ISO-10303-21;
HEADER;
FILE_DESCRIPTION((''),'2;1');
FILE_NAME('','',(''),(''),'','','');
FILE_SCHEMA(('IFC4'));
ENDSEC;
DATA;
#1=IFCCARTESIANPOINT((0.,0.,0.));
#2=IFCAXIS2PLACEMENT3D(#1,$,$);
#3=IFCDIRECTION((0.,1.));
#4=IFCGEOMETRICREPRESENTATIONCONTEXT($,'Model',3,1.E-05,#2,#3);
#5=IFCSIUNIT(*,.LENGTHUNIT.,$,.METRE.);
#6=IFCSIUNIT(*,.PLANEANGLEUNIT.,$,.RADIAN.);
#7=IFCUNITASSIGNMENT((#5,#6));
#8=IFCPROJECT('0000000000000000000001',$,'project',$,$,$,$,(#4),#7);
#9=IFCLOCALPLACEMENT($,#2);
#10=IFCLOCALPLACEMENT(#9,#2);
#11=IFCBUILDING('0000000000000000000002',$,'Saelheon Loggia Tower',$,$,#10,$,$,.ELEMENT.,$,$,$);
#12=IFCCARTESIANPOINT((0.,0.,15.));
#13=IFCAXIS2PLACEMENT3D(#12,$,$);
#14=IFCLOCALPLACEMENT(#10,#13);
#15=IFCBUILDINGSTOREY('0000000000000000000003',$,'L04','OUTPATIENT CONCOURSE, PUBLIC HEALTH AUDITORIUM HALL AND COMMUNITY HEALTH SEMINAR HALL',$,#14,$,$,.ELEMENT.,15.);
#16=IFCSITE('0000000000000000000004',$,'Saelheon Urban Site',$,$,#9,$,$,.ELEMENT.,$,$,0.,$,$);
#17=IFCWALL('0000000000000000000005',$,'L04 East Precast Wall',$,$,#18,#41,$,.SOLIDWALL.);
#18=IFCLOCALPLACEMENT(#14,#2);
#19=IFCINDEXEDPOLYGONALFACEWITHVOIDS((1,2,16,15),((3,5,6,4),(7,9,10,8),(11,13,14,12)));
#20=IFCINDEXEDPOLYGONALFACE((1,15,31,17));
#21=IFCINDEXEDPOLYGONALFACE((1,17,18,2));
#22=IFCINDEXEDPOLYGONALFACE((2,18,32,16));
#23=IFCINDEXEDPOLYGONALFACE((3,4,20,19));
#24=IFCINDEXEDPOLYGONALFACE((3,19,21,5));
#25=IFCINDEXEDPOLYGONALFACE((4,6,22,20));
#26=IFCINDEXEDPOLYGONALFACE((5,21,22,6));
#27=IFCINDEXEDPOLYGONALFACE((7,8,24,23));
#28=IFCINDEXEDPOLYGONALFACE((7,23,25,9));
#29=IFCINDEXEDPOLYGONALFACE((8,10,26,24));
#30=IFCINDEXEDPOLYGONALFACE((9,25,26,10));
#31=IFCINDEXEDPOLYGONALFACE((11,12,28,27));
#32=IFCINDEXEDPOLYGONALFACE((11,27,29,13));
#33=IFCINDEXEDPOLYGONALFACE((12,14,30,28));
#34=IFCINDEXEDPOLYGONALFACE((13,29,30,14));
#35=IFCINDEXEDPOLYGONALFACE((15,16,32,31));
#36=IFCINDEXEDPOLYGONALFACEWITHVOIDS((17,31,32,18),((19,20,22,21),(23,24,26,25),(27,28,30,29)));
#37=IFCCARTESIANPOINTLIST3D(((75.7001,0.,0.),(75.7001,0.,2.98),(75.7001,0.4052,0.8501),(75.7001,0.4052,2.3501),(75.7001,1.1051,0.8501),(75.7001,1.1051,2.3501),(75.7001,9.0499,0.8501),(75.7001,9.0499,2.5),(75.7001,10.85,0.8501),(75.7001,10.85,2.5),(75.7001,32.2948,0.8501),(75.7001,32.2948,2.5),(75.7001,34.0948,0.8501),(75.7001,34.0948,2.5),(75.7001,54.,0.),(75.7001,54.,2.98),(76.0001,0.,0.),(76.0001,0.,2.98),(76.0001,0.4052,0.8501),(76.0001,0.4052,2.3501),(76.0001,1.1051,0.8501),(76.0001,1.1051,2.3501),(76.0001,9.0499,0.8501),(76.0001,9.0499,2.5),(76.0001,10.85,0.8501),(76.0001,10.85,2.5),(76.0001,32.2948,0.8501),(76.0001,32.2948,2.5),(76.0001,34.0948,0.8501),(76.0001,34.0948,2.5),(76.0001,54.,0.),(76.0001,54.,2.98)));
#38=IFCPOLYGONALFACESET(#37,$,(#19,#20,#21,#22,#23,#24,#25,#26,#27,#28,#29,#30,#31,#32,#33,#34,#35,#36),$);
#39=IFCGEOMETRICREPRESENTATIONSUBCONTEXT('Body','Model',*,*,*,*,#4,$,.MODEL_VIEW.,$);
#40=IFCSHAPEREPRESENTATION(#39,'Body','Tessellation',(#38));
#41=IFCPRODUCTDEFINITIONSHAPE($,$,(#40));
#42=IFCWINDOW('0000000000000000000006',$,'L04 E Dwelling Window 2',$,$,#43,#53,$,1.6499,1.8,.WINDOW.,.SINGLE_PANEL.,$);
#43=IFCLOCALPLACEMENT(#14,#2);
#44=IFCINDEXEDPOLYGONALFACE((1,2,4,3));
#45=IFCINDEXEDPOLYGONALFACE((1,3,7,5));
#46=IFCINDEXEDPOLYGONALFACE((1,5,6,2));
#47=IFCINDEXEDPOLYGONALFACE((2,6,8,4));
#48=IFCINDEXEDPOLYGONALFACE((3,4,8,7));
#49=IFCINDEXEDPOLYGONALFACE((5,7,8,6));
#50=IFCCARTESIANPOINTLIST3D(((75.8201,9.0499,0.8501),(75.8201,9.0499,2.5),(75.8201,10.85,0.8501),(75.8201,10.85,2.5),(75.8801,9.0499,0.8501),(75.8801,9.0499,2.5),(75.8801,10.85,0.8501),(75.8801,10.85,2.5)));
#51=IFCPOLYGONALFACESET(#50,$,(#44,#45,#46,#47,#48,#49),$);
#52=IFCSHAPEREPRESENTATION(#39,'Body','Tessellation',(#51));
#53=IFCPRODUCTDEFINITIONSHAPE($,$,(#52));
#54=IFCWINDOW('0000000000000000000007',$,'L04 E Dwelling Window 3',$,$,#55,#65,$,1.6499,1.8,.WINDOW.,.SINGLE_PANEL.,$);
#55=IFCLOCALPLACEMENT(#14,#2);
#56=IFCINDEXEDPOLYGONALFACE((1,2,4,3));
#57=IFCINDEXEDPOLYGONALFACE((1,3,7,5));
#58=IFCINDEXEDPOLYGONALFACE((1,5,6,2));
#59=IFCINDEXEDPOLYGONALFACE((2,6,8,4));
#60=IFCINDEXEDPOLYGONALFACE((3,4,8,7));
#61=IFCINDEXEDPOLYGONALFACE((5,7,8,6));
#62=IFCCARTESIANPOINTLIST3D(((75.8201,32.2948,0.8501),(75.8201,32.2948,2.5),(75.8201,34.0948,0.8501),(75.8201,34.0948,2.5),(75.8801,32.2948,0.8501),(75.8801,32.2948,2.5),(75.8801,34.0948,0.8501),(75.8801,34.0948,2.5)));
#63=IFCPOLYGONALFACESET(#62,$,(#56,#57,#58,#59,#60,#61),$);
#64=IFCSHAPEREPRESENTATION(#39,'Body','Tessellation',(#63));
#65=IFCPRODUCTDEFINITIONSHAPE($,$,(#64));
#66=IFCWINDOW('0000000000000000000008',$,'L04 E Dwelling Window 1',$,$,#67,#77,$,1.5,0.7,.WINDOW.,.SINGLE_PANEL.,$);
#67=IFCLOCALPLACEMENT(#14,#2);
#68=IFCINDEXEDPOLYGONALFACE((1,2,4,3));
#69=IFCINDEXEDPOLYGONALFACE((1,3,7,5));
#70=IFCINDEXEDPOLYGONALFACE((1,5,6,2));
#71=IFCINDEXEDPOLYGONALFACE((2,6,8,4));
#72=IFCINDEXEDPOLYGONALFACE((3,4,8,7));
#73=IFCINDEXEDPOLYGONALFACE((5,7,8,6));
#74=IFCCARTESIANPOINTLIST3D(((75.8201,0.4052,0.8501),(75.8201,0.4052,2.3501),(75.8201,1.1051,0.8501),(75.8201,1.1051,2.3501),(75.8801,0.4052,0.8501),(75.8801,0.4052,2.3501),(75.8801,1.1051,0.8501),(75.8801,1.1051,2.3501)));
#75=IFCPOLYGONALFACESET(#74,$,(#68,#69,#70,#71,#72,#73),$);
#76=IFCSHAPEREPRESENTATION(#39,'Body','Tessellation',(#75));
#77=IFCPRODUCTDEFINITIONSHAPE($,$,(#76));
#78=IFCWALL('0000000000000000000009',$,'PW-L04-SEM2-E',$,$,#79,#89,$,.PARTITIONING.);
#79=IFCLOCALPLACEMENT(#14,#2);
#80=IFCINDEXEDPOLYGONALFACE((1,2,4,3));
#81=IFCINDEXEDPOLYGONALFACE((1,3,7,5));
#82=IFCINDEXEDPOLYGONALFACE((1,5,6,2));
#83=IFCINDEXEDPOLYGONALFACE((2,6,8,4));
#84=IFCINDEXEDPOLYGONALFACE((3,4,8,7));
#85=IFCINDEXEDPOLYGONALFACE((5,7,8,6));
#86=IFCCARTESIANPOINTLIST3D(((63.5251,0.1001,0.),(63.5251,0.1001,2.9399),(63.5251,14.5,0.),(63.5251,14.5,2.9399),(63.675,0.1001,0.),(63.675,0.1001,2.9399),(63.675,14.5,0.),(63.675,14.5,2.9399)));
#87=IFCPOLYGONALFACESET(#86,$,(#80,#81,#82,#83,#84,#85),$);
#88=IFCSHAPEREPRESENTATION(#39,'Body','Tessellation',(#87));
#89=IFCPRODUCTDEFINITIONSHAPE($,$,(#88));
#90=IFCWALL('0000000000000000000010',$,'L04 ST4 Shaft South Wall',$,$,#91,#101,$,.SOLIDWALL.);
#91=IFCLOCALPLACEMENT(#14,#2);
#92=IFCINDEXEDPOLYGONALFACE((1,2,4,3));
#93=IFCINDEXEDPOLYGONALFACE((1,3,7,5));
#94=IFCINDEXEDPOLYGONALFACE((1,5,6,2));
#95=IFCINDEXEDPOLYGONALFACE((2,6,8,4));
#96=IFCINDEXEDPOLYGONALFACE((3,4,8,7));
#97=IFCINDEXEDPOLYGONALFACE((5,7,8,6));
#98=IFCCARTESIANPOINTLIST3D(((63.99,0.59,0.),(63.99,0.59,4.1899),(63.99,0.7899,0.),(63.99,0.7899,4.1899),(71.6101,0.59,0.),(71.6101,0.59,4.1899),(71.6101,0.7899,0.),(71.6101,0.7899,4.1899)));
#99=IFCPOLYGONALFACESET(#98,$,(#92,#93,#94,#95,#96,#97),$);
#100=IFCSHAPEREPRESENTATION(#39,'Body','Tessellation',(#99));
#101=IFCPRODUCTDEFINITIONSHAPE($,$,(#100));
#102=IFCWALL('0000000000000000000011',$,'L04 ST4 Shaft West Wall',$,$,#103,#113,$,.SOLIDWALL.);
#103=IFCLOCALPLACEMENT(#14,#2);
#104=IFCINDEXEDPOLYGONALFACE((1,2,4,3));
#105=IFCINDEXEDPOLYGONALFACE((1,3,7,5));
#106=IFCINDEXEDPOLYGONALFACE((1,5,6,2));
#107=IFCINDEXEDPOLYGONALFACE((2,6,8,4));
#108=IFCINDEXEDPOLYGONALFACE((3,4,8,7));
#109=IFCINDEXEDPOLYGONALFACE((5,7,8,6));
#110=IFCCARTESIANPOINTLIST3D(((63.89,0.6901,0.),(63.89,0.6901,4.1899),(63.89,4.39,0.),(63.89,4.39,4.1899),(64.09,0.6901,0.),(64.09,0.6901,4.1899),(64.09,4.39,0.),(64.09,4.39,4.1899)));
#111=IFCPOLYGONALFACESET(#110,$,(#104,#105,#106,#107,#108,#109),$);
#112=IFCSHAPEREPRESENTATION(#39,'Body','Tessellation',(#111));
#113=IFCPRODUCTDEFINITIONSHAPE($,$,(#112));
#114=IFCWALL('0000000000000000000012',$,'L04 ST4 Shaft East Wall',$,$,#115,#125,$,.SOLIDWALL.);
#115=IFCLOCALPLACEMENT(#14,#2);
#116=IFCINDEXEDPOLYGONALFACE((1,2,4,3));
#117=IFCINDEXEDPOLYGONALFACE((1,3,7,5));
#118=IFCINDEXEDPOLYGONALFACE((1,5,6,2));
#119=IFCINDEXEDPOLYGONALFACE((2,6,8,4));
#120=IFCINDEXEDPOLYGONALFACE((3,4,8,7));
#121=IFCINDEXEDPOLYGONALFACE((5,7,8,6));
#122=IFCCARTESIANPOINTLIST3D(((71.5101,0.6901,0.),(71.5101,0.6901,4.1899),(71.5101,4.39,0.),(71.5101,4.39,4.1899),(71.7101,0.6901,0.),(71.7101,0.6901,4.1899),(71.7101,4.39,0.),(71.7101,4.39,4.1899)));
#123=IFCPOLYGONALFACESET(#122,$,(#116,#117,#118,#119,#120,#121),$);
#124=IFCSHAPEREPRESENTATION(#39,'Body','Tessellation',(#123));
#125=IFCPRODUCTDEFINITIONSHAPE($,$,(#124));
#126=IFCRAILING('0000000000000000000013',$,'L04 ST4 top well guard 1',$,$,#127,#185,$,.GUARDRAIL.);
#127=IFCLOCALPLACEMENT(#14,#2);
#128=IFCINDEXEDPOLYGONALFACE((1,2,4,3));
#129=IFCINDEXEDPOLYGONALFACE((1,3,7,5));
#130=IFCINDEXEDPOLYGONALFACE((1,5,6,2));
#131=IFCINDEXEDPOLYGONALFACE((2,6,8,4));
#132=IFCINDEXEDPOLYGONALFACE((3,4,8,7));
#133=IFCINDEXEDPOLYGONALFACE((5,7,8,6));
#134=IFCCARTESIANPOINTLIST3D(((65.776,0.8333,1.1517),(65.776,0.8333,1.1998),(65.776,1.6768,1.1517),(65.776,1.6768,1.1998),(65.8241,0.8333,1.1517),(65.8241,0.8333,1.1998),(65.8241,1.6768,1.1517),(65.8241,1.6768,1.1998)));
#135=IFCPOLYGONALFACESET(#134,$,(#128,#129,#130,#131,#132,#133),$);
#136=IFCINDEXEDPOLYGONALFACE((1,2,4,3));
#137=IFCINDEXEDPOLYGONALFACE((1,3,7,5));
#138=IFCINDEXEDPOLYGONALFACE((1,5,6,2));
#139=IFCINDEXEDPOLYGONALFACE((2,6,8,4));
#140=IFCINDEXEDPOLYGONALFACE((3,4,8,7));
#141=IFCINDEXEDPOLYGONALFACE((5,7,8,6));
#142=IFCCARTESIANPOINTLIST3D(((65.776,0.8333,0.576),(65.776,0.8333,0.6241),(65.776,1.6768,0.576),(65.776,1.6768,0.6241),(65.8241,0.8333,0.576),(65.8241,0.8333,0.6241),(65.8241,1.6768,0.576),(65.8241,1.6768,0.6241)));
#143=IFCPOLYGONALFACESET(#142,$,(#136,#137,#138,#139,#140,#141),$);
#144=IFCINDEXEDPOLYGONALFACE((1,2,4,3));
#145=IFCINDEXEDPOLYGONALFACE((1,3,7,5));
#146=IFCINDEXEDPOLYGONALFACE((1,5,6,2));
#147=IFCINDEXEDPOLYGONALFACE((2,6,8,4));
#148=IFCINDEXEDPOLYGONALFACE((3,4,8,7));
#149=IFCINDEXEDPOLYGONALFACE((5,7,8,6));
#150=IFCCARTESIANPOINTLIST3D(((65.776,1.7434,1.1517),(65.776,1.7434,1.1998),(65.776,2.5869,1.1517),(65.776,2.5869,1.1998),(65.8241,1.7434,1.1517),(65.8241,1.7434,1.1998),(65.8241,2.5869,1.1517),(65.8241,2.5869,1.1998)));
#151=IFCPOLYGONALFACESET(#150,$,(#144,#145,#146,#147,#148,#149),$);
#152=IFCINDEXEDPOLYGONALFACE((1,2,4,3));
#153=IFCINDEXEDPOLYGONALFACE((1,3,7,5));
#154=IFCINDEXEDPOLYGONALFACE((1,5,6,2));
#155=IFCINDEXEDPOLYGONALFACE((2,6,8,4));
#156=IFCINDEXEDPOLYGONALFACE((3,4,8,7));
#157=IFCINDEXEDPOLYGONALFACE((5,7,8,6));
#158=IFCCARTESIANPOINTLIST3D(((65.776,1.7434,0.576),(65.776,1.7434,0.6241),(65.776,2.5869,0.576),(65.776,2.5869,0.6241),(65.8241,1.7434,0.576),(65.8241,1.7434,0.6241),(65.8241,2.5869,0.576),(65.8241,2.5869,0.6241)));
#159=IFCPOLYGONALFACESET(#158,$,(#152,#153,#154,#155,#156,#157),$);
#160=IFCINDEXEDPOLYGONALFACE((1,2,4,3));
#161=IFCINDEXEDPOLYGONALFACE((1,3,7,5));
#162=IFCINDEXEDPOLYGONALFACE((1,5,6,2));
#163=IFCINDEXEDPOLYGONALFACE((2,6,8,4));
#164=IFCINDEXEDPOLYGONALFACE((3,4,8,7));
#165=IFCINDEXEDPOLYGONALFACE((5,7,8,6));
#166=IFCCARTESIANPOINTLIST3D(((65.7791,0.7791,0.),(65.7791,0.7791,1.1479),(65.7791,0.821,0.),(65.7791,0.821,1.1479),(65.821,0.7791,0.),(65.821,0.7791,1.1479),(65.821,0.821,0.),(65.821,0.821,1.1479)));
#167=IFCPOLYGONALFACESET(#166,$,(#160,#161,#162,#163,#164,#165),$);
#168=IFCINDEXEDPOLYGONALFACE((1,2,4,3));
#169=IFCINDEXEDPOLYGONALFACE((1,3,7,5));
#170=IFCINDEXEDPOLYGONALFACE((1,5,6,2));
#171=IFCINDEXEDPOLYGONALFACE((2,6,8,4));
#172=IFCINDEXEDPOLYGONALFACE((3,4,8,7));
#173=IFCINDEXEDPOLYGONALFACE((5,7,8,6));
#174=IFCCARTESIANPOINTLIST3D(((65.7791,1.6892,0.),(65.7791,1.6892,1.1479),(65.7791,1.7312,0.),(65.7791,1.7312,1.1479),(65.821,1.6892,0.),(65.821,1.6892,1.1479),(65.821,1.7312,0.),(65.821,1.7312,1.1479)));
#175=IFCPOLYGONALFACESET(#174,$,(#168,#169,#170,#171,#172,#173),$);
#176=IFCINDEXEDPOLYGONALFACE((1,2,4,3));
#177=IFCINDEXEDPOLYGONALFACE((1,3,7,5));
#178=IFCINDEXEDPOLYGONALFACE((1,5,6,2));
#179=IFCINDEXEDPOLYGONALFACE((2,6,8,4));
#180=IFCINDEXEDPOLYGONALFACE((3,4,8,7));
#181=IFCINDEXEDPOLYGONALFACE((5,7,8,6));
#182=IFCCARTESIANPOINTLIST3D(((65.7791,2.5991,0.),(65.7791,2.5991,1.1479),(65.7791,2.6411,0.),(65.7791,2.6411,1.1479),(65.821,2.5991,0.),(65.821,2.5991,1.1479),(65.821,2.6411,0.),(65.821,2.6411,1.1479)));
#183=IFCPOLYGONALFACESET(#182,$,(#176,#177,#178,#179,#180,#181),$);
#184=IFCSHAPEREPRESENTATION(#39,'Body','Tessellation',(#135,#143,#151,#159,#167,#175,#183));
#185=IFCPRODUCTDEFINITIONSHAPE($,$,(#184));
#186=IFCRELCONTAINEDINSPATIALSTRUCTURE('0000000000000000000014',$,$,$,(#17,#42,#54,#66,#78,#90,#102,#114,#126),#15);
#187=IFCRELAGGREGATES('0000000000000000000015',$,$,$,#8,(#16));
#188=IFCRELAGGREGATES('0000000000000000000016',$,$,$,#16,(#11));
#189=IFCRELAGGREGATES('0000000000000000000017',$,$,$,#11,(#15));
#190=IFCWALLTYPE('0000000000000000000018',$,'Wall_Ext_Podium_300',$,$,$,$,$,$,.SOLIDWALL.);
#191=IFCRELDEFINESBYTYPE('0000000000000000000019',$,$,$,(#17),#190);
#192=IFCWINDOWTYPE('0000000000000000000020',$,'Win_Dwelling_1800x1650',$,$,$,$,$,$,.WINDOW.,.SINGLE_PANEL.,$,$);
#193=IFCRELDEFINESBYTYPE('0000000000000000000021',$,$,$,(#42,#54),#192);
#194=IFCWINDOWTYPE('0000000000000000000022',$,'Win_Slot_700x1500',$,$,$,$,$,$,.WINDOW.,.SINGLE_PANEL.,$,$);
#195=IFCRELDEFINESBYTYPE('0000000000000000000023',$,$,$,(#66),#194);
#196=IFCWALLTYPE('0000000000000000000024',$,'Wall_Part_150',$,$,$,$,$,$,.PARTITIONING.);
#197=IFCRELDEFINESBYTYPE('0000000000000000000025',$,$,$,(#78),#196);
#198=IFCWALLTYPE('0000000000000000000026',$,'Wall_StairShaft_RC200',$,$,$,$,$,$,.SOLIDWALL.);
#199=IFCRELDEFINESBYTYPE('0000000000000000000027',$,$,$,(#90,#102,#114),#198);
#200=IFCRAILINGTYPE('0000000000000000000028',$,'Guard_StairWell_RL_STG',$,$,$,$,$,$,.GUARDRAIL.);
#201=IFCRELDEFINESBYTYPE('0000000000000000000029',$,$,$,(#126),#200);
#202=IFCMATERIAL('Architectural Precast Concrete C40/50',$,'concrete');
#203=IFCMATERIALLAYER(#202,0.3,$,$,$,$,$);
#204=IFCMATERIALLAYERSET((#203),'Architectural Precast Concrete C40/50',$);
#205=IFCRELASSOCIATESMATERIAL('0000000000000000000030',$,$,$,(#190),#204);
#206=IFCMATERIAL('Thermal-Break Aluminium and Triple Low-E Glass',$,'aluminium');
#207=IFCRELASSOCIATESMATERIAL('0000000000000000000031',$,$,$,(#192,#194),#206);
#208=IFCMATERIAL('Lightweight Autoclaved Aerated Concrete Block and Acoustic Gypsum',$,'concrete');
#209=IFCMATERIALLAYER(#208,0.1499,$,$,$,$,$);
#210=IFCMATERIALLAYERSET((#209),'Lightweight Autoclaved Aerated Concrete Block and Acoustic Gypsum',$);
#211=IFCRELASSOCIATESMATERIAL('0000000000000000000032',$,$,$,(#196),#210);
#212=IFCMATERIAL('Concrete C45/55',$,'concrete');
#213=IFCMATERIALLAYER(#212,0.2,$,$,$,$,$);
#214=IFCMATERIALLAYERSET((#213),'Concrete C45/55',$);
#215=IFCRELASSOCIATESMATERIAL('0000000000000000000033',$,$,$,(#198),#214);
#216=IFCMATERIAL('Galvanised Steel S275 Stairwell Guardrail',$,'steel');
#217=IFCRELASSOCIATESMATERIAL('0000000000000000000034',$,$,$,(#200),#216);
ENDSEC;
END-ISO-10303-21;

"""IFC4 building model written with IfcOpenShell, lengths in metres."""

from ifc_helpers import new_model, si_unit, direction, frame, frame_2d, origin, origin_2d, place, context, subcontext, project, spatial, rectangle, extrude, source, transform, mapped, material, layer, layer_set, type_object, element, fill, save


model = new_model("IFC4")

# Units and contexts
model_context = context("Model", 3, precision=1e-05, world=origin(), true_north=direction((0.0, 1.0)))
body_context = subcontext(model_context, "Body", "Model", "MODEL_VIEW")
ifc_project = project(units=[si_unit("LENGTHUNIT", "METRE"), si_unit("PLANEANGLEUNIT", "RADIAN")], contexts=[model_context])

# Site, building, storey
site_placement = place(None, origin())
site = spatial("IfcSite", under=ifc_project, at=site_placement, Name="Saelheon Urban Site", CompositionType="ELEMENT", RefElevation=0.0)
building_placement = place(site_placement, origin())
building = spatial("IfcBuilding", under=site, at=building_placement, Name="Saelheon Loggia Tower", CompositionType="ELEMENT")
storey_placement = place(building_placement, frame((0.0, 0.0, 15.0)))
storey = spatial("IfcBuildingStorey", under=building, at=storey_placement, Name="L04", Description="OUTPATIENT CONCOURSE, PUBLIC HEALTH AUDITORIUM HALL AND COMMUNITY HEALTH SEMINAR HALL", CompositionType="ELEMENT", Elevation=15.0)

# Wall, openings, windows
ifc_material_1 = material(Name="Architectural Precast Concrete C40/50", Category="concrete")
ifc_layer_1 = layer(ifc_material_1, 0.3)
ifc_layer_set_1 = layer_set([ifc_layer_1], Name="Architectural Precast Concrete C40/50")
wall_type_1 = type_object("IfcWallType", Name="Wall_Ext_Podium_300", PredefinedType="SOLIDWALL", material=ifc_layer_set_1)
ifc_material_2 = material(Name="Thermal-Break Aluminium and Triple Low-E Glass", Category="aluminium")
window_type_1 = type_object("IfcWindowType", Name="Win_Dwelling_1800x1650", PartitioningType="SINGLE_PANEL", PredefinedType="WINDOW", material=ifc_material_2)
shared_shape_1 = source(origin(), body_context, "Body", "SweptSolid", [
    extrude(rectangle(XDim=1.8, YDim=1.6499, at=frame_2d((0.8999, 0.825))), frame((0.0, 0.03, 0.0), z_axis=(0.0, -1.0, 0.0), x_axis=(1.0, 0.0, 0.0)), (0.0, 0.0, 1.0), 0.0601),
])
wall_1_placement = place(storey_placement, frame((75.8501, 0.0, 0.0), z_axis=(0.0, 0.0, 1.0), x_axis=(0.0, 1.0, 0.0)))
wall_1 = element("IfcWall", 1, at=wall_1_placement, inside=storey, type_object=wall_type_1, Name="L04 East Precast Wall", PredefinedType="SOLIDWALL", context=body_context, shape_type="SweptSolid", body=[
    extrude(rectangle(XDim=54.0, YDim=0.3, at=frame_2d((27.0, 0.0))), origin(), (0.0, 0.0, 1.0), 2.98),
])
opening_1_placement = place(wall_1_placement, frame((0.405, 0.0, 0.8501)))
opening_1 = element("IfcOpeningElement", 2, at=opening_1_placement, cuts=wall_1, PredefinedType="OPENING", context=body_context, shape_type="SweptSolid", body=[
    extrude(rectangle(XDim=0.7, YDim=1.5, at=frame_2d((0.3501, 0.75))), frame((0.0, 0.1621, 0.0), z_axis=(0.0, -1.0, 0.0), x_axis=(1.0, 0.0, 0.0)), (0.0, 0.0, 1.0), 0.324),
])
opening_2_placement = place(wall_1_placement, frame((9.05, 0.0, 0.8501)))
opening_2 = element("IfcOpeningElement", 3, at=opening_2_placement, cuts=wall_1, PredefinedType="OPENING", context=body_context, shape_type="SweptSolid", body=[
    extrude(rectangle(XDim=1.8, YDim=1.6499, at=frame_2d((0.8999, 0.825))), frame((0.0, 0.1621, 0.0), z_axis=(0.0, -1.0, 0.0), x_axis=(1.0, 0.0, 0.0)), (0.0, 0.0, 1.0), 0.324),
])
opening_3_placement = place(wall_1_placement, frame((32.2949, 0.0, 0.8501)))
opening_3 = element("IfcOpeningElement", 4, at=opening_3_placement, cuts=wall_1, PredefinedType="OPENING", context=body_context, shape_type="SweptSolid", body=[
    extrude(rectangle(XDim=1.8, YDim=1.6499, at=frame_2d((0.8999, 0.825))), frame((0.0, 0.1621, 0.0), z_axis=(0.0, -1.0, 0.0), x_axis=(1.0, 0.0, 0.0)), (0.0, 0.0, 1.0), 0.324),
])
window_1_placement = place(opening_2_placement, origin())
window_1 = element("IfcWindow", 5, at=window_1_placement, inside=storey, type_object=window_type_1, Name="L04 E Dwelling Window 2", OverallHeight=1.6499, OverallWidth=1.8, PartitioningType="SINGLE_PANEL", PredefinedType="WINDOW", context=body_context, shape_type="MappedRepresentation", body=[
    mapped(shared_shape_1, transform((0.0, 0.0, 0.0), scale=1.0)),
])
fill(opening_2, window_1)
window_2_placement = place(opening_3_placement, origin())
window_2 = element("IfcWindow", 6, at=window_2_placement, inside=storey, type_object=window_type_1, Name="L04 E Dwelling Window 3", OverallHeight=1.6499, OverallWidth=1.8, PartitioningType="SINGLE_PANEL", PredefinedType="WINDOW", context=body_context, shape_type="MappedRepresentation", body=[
    mapped(shared_shape_1, transform((0.0, 0.0, 0.0), scale=1.0)),
])
fill(opening_3, window_2)
window_type_2 = type_object("IfcWindowType", Name="Win_Slot_700x1500", PartitioningType="SINGLE_PANEL", PredefinedType="WINDOW", material=ifc_material_2)
shared_shape_2 = source(origin(), body_context, "Body", "SweptSolid", [
    extrude(rectangle(XDim=0.7, YDim=1.5, at=frame_2d((0.3501, 0.75))), frame((0.0, 0.03, 0.0), z_axis=(0.0, -1.0, 0.0), x_axis=(1.0, 0.0, 0.0)), (0.0, 0.0, 1.0), 0.0601),
])
window_3_placement = place(opening_1_placement, origin())
window_3 = element("IfcWindow", 7, at=window_3_placement, inside=storey, type_object=window_type_2, Name="L04 E Dwelling Window 1", OverallHeight=1.5, OverallWidth=0.7, PartitioningType="SINGLE_PANEL", PredefinedType="WINDOW", context=body_context, shape_type="MappedRepresentation", body=[
    mapped(shared_shape_2, transform((0.0, 0.0, 0.0), scale=1.0)),
])
fill(opening_1, window_3)

# Walls
ifc_material_3 = material(Name="Lightweight Autoclaved Aerated Concrete Block and Acoustic Gypsum", Category="concrete")
ifc_layer_2 = layer(ifc_material_3, 0.1499)
ifc_layer_set_2 = layer_set([ifc_layer_2], Name="Lightweight Autoclaved Aerated Concrete Block and Acoustic Gypsum")
wall_type_2 = type_object("IfcWallType", Name="Wall_Part_150", PredefinedType="PARTITIONING", material=ifc_layer_set_2)
wall_2_placement = place(storey_placement, frame((63.6001, 0.1001, 0.0), z_axis=(0.0, 0.0, 1.0), x_axis=(0.0, 1.0, 0.0)))
element("IfcWall", 8, at=wall_2_placement, inside=storey, type_object=wall_type_2, Name="PW-L04-SEM2-E", PredefinedType="PARTITIONING", context=body_context, shape_type="SweptSolid", body=[
    extrude(rectangle(XDim=14.3999, YDim=0.1499, at=frame_2d((7.2, 0.0))), origin(), (0.0, 0.0, 1.0), 2.9399),
])
ifc_material_4 = material(Name="Concrete C45/55", Category="concrete")
ifc_layer_3 = layer(ifc_material_4, 0.2)
ifc_layer_set_3 = layer_set([ifc_layer_3], Name="Concrete C45/55")
wall_type_3 = type_object("IfcWallType", Name="Wall_StairShaft_RC200", PredefinedType="SOLIDWALL", material=ifc_layer_set_3)
wall_3_placement = place(storey_placement, frame((63.99, 0.6899, 0.0), z_axis=(0.0, 0.0, 1.0), x_axis=(1.0, 0.0, 0.0)))
element("IfcWall", 9, at=wall_3_placement, inside=storey, type_object=wall_type_3, Name="L04 ST4 Shaft South Wall", PredefinedType="SOLIDWALL", context=body_context, shape_type="SweptSolid", body=[
    extrude(rectangle(XDim=7.6201, YDim=0.2, at=frame_2d((3.8101, 0.0))), origin(), (0.0, 0.0, 1.0), 4.1899),
])
for number, where, z_axis, x_axis, name in (
    (10, (63.99, 0.6899, 0.0), (0.0, 0.0, 1.0), (0.0, 1.0, 0.0), "L04 ST4 Shaft West Wall"),
    (11, (71.6101, 0.6899, 0.0), (0.0, 0.0, 1.0), (0.0, 1.0, 0.0), "L04 ST4 Shaft East Wall"),
):
    element("IfcWall", number, at=place(storey_placement, frame(where, z_axis=z_axis, x_axis=x_axis)), inside=storey, type_object=wall_type_3, Name=name, PredefinedType="SOLIDWALL", context=body_context, shape_type="SweptSolid", body=[
        extrude(rectangle(XDim=3.7, YDim=0.2, at=frame_2d((1.8501, 0.0))), origin(), (0.0, 0.0, 1.0), 4.1899),
    ])

# Railing
ifc_material_5 = material(Name="Galvanised Steel S275 Stairwell Guardrail", Category="steel")
railing_type = type_object("IfcRailingType", Name="Guard_StairWell_RL_STG", PredefinedType="GUARDRAIL", material=ifc_material_5)
railing_placement = place(storey_placement, frame((65.8, 0.8, 0.0)))
element("IfcRailing", 12, at=railing_placement, inside=storey, type_object=railing_type, Name="L04 ST4 top well guard 1", PredefinedType="GUARDRAIL", context=body_context, shape_type="SweptSolid", body=[
    extrude(rectangle(XDim=0.0481, YDim=0.0481, at=origin_2d()), frame((0.0, 0.0332, 1.1758), z_axis=(0.0, 1.0, 0.0), x_axis=(-1.0, 0.0, 0.0)), (0.0, 0.0, 1.0), 0.8435),
    extrude(rectangle(XDim=0.0481, YDim=0.0481, at=origin_2d()), frame((0.0, 0.0332, 0.6001), z_axis=(0.0, 1.0, 0.0), x_axis=(-1.0, 0.0, 0.0)), (0.0, 0.0, 1.0), 0.8435),
    extrude(rectangle(XDim=0.0481, YDim=0.0481, at=origin_2d()), frame((0.0, 0.9434, 1.1758), z_axis=(0.0, 1.0, 0.0), x_axis=(-1.0, 0.0, 0.0)), (0.0, 0.0, 1.0), 0.8435),
    extrude(rectangle(XDim=0.0481, YDim=0.0481, at=origin_2d()), frame((0.0, 0.9434, 0.6001), z_axis=(0.0, 1.0, 0.0), x_axis=(-1.0, 0.0, 0.0)), (0.0, 0.0, 1.0), 0.8435),
    extrude(rectangle(XDim=0.042, YDim=0.042, at=origin_2d()), origin(), (0.0, 0.0, 1.0), 1.1479),
    extrude(rectangle(XDim=0.042, YDim=0.042, at=origin_2d()), frame((0.0, 0.9102, 0.0)), (0.0, 0.0, 1.0), 1.1479),
    extrude(rectangle(XDim=0.042, YDim=0.042, at=origin_2d()), frame((0.0, 1.8201, 0.0)), (0.0, 0.0, 1.0), 1.1479),
])

save(model, "model.ifc")
